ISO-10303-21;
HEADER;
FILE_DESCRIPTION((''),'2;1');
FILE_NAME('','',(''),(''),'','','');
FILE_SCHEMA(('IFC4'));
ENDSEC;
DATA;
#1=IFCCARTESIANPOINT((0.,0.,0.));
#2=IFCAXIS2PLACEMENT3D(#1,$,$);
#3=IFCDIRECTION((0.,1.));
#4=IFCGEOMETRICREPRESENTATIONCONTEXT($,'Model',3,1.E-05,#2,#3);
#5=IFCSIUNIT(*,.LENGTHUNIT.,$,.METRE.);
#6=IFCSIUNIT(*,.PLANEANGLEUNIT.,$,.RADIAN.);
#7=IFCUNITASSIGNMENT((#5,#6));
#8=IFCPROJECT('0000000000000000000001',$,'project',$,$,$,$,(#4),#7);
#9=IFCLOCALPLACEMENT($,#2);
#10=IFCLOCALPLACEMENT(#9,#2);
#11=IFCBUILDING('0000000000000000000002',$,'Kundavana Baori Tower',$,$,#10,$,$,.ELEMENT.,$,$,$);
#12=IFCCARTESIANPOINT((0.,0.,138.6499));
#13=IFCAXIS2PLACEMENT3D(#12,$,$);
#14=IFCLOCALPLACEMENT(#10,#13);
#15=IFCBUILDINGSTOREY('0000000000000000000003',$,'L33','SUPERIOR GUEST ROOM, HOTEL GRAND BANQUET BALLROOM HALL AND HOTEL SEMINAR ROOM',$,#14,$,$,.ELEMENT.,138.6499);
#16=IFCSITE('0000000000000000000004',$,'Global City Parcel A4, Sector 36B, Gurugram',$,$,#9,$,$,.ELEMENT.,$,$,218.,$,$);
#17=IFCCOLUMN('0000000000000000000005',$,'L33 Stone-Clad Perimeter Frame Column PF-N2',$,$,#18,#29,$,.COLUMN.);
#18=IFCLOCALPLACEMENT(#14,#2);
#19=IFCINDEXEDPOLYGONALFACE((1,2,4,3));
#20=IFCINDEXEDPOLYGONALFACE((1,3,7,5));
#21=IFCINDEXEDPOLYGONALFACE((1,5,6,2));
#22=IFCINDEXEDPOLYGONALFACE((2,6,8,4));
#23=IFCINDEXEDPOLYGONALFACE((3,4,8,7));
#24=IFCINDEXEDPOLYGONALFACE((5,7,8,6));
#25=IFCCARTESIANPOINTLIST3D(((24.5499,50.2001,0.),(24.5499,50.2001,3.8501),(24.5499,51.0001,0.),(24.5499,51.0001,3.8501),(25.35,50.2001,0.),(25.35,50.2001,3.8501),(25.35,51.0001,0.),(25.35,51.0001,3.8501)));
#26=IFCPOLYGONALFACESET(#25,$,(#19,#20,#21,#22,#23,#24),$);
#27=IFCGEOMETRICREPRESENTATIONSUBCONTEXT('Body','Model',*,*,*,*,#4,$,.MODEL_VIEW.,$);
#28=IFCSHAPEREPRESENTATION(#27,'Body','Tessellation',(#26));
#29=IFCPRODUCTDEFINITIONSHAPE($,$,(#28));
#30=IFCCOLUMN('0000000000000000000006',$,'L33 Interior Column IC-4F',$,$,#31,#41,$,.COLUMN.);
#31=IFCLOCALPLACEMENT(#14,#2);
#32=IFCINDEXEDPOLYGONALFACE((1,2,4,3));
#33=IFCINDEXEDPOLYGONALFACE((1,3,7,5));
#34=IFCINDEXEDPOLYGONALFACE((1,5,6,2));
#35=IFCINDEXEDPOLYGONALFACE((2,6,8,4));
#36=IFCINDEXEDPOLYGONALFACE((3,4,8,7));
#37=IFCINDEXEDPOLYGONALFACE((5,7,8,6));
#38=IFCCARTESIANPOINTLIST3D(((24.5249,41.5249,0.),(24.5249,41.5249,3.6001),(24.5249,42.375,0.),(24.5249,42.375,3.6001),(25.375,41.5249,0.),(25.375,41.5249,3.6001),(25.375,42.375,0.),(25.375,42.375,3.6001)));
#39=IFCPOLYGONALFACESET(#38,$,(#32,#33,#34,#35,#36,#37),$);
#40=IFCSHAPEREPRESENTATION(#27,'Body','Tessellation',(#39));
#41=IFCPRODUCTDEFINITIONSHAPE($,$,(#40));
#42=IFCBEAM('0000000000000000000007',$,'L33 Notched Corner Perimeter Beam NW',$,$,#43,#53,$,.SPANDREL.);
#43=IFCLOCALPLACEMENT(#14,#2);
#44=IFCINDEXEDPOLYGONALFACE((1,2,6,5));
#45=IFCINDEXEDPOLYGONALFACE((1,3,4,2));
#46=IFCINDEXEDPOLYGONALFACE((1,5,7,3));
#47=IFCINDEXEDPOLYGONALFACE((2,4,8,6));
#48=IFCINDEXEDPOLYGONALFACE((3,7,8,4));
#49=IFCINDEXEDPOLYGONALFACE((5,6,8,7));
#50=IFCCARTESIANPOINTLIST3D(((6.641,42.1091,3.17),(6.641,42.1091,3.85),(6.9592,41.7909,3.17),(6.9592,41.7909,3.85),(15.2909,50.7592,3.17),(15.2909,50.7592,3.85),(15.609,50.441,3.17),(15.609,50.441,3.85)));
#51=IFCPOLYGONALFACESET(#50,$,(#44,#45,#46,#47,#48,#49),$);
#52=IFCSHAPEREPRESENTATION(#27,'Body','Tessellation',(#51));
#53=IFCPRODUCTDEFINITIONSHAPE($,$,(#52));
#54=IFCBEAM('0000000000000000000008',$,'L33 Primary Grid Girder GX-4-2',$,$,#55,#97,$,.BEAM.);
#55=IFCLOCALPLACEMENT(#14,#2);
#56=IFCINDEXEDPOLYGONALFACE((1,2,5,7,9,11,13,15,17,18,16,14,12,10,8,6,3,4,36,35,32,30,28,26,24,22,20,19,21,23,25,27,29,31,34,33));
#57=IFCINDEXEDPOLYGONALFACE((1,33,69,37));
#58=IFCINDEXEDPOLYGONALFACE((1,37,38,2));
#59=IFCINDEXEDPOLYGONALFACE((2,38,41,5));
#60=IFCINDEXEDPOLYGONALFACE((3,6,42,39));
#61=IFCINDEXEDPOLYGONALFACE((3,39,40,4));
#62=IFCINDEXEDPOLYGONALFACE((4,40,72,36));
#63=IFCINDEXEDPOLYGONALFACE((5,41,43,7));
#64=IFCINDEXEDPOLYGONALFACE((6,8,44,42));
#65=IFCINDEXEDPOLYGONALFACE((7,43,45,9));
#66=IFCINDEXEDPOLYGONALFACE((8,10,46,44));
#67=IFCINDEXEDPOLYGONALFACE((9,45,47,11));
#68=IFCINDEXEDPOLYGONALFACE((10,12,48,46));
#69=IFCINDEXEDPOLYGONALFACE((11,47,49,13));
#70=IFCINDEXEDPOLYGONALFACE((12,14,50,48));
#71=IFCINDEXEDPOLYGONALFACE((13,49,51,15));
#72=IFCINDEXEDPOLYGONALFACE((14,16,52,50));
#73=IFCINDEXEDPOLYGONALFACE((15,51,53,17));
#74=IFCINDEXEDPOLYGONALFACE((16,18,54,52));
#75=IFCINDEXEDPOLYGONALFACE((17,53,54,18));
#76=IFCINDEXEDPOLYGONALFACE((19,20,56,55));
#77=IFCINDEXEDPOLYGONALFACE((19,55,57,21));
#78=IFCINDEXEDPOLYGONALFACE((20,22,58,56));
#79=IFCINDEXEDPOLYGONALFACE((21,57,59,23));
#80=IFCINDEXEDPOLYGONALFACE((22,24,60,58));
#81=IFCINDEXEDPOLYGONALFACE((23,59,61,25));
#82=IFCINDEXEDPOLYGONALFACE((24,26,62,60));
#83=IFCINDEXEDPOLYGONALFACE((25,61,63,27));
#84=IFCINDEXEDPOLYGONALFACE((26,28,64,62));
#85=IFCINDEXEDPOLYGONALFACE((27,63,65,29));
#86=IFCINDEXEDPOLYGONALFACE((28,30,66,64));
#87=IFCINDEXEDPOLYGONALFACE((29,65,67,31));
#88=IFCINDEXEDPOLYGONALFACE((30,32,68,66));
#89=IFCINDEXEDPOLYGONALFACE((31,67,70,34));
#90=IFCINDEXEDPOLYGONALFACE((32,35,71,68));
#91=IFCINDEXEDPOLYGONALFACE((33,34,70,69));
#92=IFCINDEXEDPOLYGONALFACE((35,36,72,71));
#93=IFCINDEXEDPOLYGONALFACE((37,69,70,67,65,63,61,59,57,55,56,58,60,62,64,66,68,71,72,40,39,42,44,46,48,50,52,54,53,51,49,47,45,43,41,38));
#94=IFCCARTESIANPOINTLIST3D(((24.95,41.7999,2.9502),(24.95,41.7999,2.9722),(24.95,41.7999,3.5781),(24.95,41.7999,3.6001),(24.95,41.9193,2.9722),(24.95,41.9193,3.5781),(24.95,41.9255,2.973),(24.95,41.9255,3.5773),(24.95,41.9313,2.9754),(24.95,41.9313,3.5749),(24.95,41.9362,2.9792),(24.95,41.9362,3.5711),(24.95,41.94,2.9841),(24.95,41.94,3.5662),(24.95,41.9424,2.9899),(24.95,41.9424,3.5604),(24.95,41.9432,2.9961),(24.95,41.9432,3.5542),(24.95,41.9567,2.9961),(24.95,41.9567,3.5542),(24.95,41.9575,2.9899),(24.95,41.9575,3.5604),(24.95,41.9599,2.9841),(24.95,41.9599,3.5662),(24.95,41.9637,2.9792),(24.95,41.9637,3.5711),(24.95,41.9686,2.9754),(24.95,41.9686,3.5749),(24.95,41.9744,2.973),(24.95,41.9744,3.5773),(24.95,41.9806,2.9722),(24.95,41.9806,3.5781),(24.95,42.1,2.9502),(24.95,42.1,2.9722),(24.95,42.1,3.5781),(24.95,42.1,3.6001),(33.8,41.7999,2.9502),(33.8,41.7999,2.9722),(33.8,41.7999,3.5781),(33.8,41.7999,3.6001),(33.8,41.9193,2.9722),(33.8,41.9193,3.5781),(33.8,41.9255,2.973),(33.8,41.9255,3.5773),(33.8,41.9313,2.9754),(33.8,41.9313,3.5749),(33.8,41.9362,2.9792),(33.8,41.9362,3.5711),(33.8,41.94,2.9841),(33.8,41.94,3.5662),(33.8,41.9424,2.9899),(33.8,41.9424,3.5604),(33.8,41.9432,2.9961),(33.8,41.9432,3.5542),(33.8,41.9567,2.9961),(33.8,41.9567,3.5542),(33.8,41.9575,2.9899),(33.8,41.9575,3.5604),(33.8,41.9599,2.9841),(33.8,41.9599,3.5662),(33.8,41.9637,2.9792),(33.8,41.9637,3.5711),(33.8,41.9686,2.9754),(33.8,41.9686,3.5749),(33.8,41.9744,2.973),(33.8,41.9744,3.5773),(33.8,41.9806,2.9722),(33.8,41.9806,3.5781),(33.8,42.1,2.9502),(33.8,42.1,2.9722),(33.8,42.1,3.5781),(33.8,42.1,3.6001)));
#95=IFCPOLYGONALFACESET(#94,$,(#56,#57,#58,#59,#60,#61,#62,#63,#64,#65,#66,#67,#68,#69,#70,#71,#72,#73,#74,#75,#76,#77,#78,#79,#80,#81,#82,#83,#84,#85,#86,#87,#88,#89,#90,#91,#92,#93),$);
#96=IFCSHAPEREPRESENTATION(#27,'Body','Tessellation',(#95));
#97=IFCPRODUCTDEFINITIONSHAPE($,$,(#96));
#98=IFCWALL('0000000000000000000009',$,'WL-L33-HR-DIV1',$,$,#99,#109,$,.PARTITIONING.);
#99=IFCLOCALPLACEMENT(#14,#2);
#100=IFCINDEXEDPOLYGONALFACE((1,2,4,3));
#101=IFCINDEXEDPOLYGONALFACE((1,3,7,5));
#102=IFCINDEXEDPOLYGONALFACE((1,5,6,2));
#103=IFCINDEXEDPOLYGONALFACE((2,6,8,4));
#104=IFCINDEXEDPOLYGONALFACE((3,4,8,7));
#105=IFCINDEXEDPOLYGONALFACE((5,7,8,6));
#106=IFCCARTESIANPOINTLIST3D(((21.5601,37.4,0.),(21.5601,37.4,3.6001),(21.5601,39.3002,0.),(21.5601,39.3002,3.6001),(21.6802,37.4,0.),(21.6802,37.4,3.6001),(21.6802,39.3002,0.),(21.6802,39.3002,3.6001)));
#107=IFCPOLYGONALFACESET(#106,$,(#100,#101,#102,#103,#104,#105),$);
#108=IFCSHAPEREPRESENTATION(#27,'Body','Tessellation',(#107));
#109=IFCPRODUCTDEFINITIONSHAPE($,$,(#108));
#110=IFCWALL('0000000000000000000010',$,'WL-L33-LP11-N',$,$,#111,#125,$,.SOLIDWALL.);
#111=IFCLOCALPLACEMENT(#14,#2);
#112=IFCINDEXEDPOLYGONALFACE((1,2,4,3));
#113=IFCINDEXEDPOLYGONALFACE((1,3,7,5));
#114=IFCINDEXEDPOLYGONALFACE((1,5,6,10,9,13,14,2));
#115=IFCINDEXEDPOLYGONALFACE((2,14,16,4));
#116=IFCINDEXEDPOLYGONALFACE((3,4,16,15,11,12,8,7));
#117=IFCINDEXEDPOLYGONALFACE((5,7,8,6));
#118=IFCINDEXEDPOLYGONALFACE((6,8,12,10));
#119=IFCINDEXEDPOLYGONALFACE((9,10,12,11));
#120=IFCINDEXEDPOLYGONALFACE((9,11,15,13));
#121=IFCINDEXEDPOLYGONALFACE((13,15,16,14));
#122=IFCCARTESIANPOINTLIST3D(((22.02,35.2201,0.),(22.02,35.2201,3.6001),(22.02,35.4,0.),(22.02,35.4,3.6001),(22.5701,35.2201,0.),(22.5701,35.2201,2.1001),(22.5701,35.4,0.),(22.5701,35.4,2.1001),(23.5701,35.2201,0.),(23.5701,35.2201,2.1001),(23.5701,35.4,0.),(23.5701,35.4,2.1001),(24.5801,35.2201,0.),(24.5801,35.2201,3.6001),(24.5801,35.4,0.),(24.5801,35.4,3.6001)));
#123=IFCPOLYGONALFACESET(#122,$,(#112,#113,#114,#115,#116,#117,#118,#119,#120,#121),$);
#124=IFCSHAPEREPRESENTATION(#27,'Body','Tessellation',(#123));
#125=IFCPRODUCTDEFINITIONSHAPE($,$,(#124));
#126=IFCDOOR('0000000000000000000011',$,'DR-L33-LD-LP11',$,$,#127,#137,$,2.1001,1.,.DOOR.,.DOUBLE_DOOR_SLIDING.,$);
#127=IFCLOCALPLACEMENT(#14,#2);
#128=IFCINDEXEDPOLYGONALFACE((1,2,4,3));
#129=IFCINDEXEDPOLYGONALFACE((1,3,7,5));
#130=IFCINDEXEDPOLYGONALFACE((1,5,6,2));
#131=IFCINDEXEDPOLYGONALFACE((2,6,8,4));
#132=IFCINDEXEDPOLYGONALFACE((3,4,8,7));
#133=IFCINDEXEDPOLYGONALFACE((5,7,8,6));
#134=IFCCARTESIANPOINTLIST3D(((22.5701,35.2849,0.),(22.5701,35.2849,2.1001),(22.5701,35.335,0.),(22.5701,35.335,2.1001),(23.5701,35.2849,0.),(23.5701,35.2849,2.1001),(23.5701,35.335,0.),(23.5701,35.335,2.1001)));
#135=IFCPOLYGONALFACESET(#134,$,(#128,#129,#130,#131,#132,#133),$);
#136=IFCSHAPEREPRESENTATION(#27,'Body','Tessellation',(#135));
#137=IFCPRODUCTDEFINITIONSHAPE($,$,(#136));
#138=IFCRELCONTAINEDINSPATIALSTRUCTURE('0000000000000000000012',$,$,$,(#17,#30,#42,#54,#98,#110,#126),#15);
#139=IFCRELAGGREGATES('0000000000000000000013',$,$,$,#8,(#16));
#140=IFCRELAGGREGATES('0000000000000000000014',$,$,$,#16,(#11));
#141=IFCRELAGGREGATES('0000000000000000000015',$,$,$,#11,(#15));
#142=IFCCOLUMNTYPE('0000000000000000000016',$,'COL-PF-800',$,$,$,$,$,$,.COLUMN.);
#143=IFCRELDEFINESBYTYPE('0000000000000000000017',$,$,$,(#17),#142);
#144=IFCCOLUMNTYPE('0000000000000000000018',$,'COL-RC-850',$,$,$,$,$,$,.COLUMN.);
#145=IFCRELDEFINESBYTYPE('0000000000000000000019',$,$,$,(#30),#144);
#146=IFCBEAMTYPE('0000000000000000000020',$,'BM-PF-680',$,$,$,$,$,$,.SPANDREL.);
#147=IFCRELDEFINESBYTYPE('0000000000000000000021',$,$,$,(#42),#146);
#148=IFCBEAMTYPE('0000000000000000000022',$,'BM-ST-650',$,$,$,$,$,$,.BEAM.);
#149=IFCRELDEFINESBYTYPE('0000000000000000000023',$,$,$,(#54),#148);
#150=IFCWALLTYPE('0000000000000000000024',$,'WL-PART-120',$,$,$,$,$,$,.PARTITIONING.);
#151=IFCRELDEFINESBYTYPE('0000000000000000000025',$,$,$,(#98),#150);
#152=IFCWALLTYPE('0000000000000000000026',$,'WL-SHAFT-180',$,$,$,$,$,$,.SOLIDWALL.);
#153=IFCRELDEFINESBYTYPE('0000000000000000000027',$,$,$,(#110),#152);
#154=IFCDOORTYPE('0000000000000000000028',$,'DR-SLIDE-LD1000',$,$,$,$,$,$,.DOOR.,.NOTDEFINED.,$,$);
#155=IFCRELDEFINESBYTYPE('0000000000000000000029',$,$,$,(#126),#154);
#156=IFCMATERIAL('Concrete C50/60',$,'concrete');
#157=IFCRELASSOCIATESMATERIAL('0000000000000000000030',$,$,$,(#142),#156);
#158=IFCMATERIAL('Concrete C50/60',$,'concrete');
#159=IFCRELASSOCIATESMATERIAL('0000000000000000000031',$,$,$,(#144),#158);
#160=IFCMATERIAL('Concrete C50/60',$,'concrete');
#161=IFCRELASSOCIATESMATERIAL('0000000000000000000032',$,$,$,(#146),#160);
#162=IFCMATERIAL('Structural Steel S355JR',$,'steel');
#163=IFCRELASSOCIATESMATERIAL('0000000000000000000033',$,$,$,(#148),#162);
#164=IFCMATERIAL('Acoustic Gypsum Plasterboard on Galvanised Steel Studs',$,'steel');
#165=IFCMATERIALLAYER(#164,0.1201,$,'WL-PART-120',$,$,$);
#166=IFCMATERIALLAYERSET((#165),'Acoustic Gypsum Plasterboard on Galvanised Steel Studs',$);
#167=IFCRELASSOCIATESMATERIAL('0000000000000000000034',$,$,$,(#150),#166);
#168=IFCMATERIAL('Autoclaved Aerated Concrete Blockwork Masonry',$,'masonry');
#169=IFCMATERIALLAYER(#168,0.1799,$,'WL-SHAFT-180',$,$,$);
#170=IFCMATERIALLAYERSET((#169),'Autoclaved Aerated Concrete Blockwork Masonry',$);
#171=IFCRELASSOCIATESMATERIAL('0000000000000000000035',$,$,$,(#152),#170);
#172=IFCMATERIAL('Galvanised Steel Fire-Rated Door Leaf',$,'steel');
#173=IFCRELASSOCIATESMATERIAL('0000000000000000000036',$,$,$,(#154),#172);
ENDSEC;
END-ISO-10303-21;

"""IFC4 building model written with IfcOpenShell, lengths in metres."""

from ifc_helpers import new_model, si_unit, direction, frame, frame_2d, origin, origin_2d, place, context, subcontext, project, spatial, rectangle, i_section, extrude, material, layer, layer_set, material_profile, profile_set, type_object, element, fill, save


model = new_model("IFC4")

# Units and contexts
model_context = context("Model", 3, precision=1e-05, world=origin(), true_north=direction((0.0, 1.0)))
body_context = subcontext(model_context, "Body", "Model", "MODEL_VIEW")
ifc_project = project(units=[si_unit("LENGTHUNIT", "METRE"), si_unit("PLANEANGLEUNIT", "RADIAN")], contexts=[model_context])

# Site, building, storey
site_placement = place(None, origin())
site = spatial("IfcSite", under=ifc_project, at=site_placement, Name="Global City Parcel A4, Sector 36B, Gurugram", CompositionType="ELEMENT", RefElevation=218.0)
building_placement = place(site_placement, origin())
building = spatial("IfcBuilding", under=site, at=building_placement, Name="Kundavana Baori Tower", CompositionType="ELEMENT")
storey_placement = place(building_placement, frame((0.0, 0.0, 138.6499)))
storey = spatial("IfcBuildingStorey", under=building, at=storey_placement, Name="L33", Description="SUPERIOR GUEST ROOM, HOTEL GRAND BANQUET BALLROOM HALL AND HOTEL SEMINAR ROOM", CompositionType="ELEMENT", Elevation=138.6499)

# Columns
ifc_material_1 = material(Name="Concrete C50/60", Category="concrete")
ifc_material_profile_1 = material_profile(ifc_material_1, rectangle(XDim=0.8, YDim=0.8, at=origin_2d()), Name="RC PF 800x800")
ifc_profile_set_1 = profile_set([ifc_material_profile_1], Name="Concrete C50/60")
column_type_1 = type_object("IfcColumnType", Name="COL-PF-800", PredefinedType="COLUMN", material=ifc_profile_set_1)
column_1_placement = place(storey_placement, frame((24.95, 50.6001, 0.0), z_axis=(0.0, 0.0, 1.0), x_axis=(1.0, 0.0, 0.0)))
element("IfcColumn", 1, at=column_1_placement, inside=storey, type_object=column_type_1, Name="L33 Stone-Clad Perimeter Frame Column PF-N2", PredefinedType="COLUMN", context=body_context, shape_type="SweptSolid", body=[
    extrude(rectangle(XDim=0.8, YDim=0.8, at=origin_2d()), origin(), (0.0, 0.0, 1.0), 3.8501),
])
ifc_material_2 = material(Name="Concrete C50/60", Category="concrete")
ifc_material_profile_2 = material_profile(ifc_material_2, rectangle(XDim=0.8501, YDim=0.8501, at=origin_2d()), Name="RC 850x850")
ifc_profile_set_2 = profile_set([ifc_material_profile_2], Name="Concrete C50/60")
column_type_2 = type_object("IfcColumnType", Name="COL-RC-850", PredefinedType="COLUMN", material=ifc_profile_set_2)
column_2_placement = place(storey_placement, frame((24.95, 41.95, 0.0), z_axis=(0.0, 0.0, 1.0), x_axis=(1.0, 0.0, 0.0)))
element("IfcColumn", 2, at=column_2_placement, inside=storey, type_object=column_type_2, Name="L33 Interior Column IC-4F", PredefinedType="COLUMN", context=body_context, shape_type="SweptSolid", body=[
    extrude(rectangle(XDim=0.8501, YDim=0.8501, at=origin_2d()), origin(), (0.0, 0.0, 1.0), 3.6001),
])

# Beams
ifc_material_3 = material(Name="Concrete C50/60", Category="concrete")
ifc_material_profile_3 = material_profile(ifc_material_3, rectangle(XDim=0.45, YDim=0.6799, at=origin_2d()), Name="RC BM 450x680")
ifc_profile_set_3 = profile_set([ifc_material_profile_3], Name="Concrete C50/60")
beam_type_1 = type_object("IfcBeamType", Name="BM-PF-680", PredefinedType="SPANDREL", material=ifc_profile_set_3)
beam_1_placement = place(storey_placement, frame((15.45, 50.6001, 3.51), z_axis=(-0.707097, -0.707117, 0.0), x_axis=(0.707117, -0.707097, 0.0)))
element("IfcBeam", 3, at=beam_1_placement, inside=storey, type_object=beam_type_1, Name="L33 Notched Corner Perimeter Beam NW", PredefinedType="SPANDREL", context=body_context, shape_type="SweptSolid", body=[
    extrude(rectangle(XDim=0.45, YDim=0.6799, at=origin_2d()), origin(), (0.0, 0.0, 1.0), 12.2329),
])
ifc_material_4 = material(Name="Structural Steel S355JR", Category="steel")
ifc_material_profile_4 = material_profile(ifc_material_4, i_section(OverallWidth=0.3, OverallDepth=0.6499, WebThickness=0.0134, FlangeThickness=0.022, FilletRadius=0.0239, at=origin_2d()), Name="NPB 650x300x155")
ifc_profile_set_4 = profile_set([ifc_material_profile_4], Name="Structural Steel S355JR")
beam_type_2 = type_object("IfcBeamType", Name="BM-ST-650", PredefinedType="BEAM", material=ifc_profile_set_4)
beam_2_placement = place(storey_placement, frame((24.95, 41.95, 3.2751), z_axis=(1.0, 0.0, 0.0), x_axis=(0.0, 1.0, 0.0)))
element("IfcBeam", 4, at=beam_2_placement, inside=storey, type_object=beam_type_2, Name="L33 Primary Grid Girder GX-4-2", PredefinedType="BEAM", context=body_context, shape_type="SweptSolid", body=[
    extrude(i_section(OverallWidth=0.3, OverallDepth=0.6499, WebThickness=0.0134, FlangeThickness=0.022, FilletRadius=0.0239, at=origin_2d()), origin(), (0.0, 0.0, 1.0), 8.8501),
])

# Wall
ifc_material_5 = material(Name="Acoustic Gypsum Plasterboard on Galvanised Steel Studs", Category="steel")
ifc_layer_1 = layer(ifc_material_5, 0.1201, Name="WL-PART-120")
ifc_layer_set_1 = layer_set([ifc_layer_1], Name="Acoustic Gypsum Plasterboard on Galvanised Steel Studs")
wall_type_1 = type_object("IfcWallType", Name="WL-PART-120", PredefinedType="PARTITIONING", material=ifc_layer_set_1)
wall_1_placement = place(storey_placement, frame((21.6201, 37.3999, 0.0), z_axis=(0.0, 0.0, 1.0), x_axis=(0.0, 1.0, 0.0)))
element("IfcWall", 5, at=wall_1_placement, inside=storey, type_object=wall_type_1, Name="WL-L33-HR-DIV1", PredefinedType="PARTITIONING", context=body_context, shape_type="SweptSolid", body=[
    extrude(rectangle(XDim=1.9001, YDim=0.1201, at=frame_2d((0.9502, 0.0))), origin(), (0.0, 0.0, 1.0), 3.6001),
])

# Wall, opening, door
ifc_material_6 = material(Name="Autoclaved Aerated Concrete Blockwork Masonry", Category="masonry")
ifc_layer_2 = layer(ifc_material_6, 0.1799, Name="WL-SHAFT-180")
ifc_layer_set_2 = layer_set([ifc_layer_2], Name="Autoclaved Aerated Concrete Blockwork Masonry")
wall_type_2 = type_object("IfcWallType", Name="WL-SHAFT-180", PredefinedType="SOLIDWALL", material=ifc_layer_set_2)
wall_2_placement = place(storey_placement, frame((22.02, 35.3101, 0.0), z_axis=(0.0, 0.0, 1.0), x_axis=(1.0, 0.0, 0.0)))
wall_2 = element("IfcWall", 6, at=wall_2_placement, inside=storey, type_object=wall_type_2, Name="WL-L33-LP11-N", PredefinedType="SOLIDWALL", context=body_context, shape_type="SweptSolid", body=[
    extrude(rectangle(XDim=2.5601, YDim=0.1799, at=frame_2d((1.28, 0.0))), origin(), (0.0, 0.0, 1.0), 3.6001),
])
opening_1_placement = place(wall_2_placement, frame((0.55, 0.0, 0.0)))
opening_1 = element("IfcOpeningElement", 7, at=opening_1_placement, cuts=wall_2, PredefinedType="OPENING", context=body_context, shape_type="SweptSolid", body=[
    extrude(rectangle(XDim=1.0, YDim=2.1001, at=frame_2d((0.5, 1.05))), frame((0.0, 0.1001, 0.0), z_axis=(0.0, -1.0, 0.0), x_axis=(1.0, 0.0, 0.0)), (0.0, 0.0, 1.0), 0.2),
])
ifc_material_7 = material(Name="Galvanised Steel Fire-Rated Door Leaf", Category="steel")
door_type = type_object("IfcDoorType", Name="DR-SLIDE-LD1000", OperationType="NOTDEFINED", PredefinedType="DOOR", material=ifc_material_7)
door_1_placement = place(opening_1_placement, origin())
door_1 = element("IfcDoor", 8, at=door_1_placement, inside=storey, type_object=door_type, Name="DR-L33-LD-LP11", OperationType="DOUBLE_DOOR_SLIDING", OverallHeight=2.1001, OverallWidth=1.0, PredefinedType="DOOR", context=body_context, shape_type="SweptSolid", body=[
    extrude(rectangle(XDim=1.0, YDim=2.1001, at=frame_2d((0.5, 1.05))), frame((0.0, 0.0249, 0.0), z_axis=(0.0, -1.0, 0.0), x_axis=(1.0, 0.0, 0.0)), (0.0, 0.0, 1.0), 0.05),
])
fill(opening_1, door_1)

save(model, "model.ifc")
